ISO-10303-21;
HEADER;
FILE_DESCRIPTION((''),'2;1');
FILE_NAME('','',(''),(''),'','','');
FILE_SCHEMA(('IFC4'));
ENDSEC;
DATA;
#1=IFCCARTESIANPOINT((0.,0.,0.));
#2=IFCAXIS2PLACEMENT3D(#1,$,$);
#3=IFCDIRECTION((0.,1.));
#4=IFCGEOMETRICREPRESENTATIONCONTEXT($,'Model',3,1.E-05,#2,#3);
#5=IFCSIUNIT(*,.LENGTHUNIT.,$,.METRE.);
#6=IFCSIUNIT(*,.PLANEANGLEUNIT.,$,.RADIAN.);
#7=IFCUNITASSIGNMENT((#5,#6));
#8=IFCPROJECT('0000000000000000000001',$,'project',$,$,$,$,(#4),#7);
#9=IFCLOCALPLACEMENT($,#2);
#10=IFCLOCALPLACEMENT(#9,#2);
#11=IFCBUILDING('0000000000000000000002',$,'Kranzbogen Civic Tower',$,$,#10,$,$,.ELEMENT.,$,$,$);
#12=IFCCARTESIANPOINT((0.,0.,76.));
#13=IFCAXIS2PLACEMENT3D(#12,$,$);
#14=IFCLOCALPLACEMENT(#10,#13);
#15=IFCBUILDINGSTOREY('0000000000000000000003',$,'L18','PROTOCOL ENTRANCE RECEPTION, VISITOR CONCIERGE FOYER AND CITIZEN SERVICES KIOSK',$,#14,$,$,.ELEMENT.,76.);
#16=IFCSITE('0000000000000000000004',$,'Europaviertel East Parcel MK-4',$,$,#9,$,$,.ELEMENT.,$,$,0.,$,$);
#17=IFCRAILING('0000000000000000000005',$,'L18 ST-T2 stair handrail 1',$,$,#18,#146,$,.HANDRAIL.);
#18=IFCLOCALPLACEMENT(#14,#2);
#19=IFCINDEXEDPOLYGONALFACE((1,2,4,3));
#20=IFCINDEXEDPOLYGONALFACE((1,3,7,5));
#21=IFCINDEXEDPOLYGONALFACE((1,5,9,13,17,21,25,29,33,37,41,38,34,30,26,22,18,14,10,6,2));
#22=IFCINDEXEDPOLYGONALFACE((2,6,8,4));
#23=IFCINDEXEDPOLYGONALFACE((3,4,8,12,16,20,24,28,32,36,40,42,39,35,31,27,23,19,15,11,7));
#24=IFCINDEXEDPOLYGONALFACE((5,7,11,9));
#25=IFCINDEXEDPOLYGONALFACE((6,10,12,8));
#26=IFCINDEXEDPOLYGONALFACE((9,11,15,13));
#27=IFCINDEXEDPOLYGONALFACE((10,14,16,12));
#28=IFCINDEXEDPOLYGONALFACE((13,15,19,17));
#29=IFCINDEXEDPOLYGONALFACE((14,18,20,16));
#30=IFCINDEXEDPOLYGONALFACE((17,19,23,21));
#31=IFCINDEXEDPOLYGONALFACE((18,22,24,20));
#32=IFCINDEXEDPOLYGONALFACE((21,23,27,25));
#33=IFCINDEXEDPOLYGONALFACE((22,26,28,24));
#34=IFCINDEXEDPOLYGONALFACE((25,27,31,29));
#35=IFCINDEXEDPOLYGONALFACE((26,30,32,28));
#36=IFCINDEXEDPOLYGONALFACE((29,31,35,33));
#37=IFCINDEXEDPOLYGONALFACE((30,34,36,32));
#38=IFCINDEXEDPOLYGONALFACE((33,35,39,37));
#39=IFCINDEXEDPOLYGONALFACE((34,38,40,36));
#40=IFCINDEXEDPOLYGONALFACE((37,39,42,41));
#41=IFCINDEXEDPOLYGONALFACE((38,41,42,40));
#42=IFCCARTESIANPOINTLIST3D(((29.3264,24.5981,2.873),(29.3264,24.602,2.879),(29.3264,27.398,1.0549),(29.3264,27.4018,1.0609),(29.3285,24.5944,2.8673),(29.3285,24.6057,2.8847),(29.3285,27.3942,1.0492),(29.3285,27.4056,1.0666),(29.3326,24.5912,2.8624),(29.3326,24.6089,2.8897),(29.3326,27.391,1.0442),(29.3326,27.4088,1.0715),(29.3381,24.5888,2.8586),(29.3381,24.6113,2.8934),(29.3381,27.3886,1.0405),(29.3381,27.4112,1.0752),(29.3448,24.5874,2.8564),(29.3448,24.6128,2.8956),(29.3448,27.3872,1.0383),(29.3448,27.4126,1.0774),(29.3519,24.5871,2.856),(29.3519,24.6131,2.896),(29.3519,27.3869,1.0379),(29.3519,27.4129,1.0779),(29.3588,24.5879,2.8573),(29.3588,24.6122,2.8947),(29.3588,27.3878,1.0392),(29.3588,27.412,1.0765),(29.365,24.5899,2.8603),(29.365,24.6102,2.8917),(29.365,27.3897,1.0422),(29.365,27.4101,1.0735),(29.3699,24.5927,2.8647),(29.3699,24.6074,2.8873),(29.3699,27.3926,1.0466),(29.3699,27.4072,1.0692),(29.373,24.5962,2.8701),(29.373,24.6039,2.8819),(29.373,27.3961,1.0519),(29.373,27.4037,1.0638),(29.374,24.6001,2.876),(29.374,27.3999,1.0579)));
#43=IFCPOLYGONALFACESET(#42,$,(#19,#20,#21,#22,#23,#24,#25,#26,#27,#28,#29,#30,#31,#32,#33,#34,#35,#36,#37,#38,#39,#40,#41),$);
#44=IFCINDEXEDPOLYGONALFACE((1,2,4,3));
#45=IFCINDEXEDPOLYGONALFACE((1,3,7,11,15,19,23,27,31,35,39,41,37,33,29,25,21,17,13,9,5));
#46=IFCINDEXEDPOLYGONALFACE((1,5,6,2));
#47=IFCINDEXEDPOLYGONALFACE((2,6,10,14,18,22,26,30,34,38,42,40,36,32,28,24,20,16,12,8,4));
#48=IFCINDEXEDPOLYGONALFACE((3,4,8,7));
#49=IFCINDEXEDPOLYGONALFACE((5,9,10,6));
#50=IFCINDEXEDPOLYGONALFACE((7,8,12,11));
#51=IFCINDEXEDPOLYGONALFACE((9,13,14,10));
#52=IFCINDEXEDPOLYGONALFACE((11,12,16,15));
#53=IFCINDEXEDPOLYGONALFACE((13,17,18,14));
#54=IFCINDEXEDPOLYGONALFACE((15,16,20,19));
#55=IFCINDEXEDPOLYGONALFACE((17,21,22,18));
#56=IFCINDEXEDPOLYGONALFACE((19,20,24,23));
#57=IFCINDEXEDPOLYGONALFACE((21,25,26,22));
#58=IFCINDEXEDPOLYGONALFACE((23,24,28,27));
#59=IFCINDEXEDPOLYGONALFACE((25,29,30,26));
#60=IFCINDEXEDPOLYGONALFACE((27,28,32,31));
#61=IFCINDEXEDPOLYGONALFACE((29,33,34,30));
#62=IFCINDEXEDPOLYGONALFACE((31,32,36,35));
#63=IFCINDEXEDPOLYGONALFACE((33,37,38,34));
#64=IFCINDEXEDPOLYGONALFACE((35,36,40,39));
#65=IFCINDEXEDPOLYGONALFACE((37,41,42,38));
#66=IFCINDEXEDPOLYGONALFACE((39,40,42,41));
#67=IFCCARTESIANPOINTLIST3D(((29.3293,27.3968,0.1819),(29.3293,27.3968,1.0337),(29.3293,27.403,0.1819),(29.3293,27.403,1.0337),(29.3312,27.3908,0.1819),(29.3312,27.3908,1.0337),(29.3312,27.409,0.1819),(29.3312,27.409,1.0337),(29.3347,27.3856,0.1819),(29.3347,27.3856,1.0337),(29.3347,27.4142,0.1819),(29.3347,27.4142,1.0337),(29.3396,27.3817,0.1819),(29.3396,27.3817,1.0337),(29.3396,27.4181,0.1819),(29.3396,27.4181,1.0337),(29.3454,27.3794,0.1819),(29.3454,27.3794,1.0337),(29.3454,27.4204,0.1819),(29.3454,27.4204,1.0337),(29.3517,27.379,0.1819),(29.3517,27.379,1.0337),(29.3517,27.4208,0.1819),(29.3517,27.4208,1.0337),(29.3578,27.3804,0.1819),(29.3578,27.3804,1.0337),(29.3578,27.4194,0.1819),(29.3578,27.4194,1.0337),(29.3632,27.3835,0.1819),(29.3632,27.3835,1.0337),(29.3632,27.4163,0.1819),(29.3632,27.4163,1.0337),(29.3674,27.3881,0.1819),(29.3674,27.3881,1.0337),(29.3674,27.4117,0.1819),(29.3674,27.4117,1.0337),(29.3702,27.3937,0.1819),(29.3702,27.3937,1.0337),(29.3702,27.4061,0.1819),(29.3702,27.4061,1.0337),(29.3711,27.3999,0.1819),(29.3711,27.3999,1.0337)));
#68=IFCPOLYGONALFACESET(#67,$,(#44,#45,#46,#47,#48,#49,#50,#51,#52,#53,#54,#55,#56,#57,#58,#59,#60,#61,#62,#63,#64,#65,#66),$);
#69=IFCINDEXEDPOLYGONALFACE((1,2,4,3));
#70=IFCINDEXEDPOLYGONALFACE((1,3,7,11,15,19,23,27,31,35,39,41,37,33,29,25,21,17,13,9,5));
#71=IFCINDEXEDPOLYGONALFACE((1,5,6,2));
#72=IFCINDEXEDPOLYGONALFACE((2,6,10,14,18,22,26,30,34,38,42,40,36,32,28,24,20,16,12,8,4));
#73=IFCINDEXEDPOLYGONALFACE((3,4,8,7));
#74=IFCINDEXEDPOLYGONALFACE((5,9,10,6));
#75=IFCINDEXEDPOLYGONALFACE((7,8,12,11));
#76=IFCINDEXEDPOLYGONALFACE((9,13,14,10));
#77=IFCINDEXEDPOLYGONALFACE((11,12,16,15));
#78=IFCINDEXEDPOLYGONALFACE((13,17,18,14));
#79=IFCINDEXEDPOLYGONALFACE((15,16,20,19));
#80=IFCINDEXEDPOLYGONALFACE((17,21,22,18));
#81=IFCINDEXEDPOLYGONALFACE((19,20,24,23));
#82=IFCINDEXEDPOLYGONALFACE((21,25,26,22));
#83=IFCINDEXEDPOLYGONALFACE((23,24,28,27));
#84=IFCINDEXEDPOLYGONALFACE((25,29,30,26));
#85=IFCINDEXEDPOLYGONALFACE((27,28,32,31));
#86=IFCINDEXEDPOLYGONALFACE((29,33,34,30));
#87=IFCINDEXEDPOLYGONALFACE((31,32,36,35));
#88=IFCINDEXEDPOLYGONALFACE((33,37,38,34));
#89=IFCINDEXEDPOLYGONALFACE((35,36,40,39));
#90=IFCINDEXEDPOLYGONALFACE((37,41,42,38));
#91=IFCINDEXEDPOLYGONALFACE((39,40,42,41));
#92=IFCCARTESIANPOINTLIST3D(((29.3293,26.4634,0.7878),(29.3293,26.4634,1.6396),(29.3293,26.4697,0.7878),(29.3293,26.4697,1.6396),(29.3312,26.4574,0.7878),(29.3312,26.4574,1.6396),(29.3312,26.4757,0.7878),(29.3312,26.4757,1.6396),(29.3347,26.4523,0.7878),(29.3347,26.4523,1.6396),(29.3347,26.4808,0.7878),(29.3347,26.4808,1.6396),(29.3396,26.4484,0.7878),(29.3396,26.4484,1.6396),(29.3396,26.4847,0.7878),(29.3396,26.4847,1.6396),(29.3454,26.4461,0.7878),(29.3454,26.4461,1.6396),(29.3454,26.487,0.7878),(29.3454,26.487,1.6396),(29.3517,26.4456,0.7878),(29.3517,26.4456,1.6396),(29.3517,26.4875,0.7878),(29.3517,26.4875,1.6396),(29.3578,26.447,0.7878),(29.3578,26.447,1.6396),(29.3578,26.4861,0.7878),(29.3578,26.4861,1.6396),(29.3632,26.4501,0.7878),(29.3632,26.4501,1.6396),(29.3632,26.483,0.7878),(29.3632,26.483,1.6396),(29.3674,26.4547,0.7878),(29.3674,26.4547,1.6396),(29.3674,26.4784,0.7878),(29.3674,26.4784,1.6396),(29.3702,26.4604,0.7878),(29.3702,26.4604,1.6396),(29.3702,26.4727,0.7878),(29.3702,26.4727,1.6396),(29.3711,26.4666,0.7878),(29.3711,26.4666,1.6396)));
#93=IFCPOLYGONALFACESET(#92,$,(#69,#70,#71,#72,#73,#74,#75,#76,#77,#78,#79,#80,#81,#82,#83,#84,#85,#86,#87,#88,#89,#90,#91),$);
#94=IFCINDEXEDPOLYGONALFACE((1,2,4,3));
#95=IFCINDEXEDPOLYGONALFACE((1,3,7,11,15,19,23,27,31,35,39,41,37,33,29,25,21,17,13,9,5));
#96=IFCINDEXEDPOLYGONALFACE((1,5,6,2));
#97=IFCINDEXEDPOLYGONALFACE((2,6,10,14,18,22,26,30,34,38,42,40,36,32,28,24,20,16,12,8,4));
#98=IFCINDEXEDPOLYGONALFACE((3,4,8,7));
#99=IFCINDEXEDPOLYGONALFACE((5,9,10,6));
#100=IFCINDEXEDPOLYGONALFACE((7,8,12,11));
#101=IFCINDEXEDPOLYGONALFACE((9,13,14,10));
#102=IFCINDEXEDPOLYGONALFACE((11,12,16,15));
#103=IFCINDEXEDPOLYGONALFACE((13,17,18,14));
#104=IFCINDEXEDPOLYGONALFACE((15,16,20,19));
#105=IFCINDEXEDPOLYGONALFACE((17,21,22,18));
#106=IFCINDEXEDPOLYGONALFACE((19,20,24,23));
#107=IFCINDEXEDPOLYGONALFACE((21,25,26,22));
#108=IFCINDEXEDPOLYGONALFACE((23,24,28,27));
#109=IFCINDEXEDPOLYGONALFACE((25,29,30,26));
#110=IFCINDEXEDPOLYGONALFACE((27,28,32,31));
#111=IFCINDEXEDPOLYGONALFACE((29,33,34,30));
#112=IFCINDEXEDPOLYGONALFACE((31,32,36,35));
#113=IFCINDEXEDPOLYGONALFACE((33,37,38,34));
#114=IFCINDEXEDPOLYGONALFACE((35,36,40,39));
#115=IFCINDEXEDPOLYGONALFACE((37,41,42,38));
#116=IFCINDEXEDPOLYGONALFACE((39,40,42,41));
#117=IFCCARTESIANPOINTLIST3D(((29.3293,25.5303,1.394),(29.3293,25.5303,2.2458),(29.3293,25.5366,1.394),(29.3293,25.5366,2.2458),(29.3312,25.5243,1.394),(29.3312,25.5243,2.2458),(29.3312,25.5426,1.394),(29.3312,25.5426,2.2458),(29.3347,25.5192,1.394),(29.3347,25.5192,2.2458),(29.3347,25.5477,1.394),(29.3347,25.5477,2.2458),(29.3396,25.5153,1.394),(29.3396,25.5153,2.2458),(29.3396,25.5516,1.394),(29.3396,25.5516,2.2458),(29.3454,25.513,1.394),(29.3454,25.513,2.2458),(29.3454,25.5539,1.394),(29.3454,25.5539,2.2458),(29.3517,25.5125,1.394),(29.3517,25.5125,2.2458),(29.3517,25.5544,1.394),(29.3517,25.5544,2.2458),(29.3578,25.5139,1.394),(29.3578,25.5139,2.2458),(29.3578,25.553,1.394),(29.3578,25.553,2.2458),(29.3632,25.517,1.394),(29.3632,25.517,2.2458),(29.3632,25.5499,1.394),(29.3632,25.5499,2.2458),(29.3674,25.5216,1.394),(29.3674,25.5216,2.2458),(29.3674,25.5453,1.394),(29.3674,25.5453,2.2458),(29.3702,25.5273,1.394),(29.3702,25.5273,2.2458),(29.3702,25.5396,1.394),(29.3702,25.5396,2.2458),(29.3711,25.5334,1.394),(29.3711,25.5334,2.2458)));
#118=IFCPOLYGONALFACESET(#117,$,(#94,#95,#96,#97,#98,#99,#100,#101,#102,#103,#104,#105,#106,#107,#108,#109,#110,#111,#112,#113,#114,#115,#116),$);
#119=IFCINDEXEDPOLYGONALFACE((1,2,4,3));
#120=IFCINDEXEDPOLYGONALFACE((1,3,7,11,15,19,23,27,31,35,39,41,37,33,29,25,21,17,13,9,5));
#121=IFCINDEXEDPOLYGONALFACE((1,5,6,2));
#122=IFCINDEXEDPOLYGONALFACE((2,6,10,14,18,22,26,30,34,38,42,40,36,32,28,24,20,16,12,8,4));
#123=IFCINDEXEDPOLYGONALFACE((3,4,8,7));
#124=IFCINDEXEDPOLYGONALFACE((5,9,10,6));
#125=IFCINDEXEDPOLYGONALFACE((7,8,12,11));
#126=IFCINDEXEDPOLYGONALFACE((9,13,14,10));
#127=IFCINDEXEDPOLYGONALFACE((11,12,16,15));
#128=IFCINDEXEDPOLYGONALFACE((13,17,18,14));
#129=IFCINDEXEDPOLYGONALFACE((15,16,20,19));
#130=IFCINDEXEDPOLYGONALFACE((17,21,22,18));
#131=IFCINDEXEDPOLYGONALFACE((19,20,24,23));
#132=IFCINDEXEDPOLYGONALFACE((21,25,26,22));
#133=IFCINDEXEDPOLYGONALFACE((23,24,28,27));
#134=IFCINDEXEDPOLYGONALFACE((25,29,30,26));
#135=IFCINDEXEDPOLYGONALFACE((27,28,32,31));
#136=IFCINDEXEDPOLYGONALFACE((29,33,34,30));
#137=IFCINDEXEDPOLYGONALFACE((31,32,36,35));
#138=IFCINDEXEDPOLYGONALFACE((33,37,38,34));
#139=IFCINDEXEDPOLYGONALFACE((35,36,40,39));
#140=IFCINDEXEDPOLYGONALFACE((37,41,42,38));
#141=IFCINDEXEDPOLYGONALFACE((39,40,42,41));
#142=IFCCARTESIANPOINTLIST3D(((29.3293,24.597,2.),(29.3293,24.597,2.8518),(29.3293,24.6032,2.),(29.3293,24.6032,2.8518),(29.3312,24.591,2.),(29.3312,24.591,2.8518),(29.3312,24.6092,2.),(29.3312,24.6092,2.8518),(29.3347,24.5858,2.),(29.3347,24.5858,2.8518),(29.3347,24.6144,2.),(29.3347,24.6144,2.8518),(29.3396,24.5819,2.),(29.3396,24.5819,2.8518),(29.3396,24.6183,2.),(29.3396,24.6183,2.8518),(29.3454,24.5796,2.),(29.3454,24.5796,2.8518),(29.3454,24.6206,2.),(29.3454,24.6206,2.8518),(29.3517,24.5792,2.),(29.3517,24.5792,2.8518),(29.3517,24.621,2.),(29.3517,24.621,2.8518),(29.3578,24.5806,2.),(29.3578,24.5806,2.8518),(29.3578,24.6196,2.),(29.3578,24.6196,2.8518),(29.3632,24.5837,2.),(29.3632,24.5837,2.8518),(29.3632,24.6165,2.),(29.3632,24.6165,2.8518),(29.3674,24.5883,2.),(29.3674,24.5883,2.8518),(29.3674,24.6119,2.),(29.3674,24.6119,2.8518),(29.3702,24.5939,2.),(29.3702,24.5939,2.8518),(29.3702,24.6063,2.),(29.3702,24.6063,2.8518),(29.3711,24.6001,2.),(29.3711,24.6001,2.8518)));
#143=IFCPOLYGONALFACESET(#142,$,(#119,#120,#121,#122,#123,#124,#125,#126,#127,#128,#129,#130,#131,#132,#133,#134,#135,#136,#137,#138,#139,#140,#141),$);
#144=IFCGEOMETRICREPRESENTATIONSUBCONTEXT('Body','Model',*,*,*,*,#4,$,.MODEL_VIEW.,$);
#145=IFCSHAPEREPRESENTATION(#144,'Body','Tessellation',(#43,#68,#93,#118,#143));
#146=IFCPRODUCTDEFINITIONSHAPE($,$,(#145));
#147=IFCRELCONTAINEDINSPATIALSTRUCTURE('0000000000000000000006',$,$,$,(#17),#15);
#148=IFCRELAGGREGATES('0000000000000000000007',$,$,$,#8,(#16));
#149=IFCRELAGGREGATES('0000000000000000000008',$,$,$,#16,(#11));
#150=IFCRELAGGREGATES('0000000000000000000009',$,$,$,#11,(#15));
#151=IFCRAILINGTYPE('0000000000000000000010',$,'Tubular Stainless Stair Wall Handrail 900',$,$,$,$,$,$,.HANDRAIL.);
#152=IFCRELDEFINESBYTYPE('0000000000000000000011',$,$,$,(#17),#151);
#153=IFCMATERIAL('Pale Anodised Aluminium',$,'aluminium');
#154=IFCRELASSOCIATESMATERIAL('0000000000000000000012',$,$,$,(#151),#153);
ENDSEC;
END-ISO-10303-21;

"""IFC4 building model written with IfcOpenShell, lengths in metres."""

from ifc_helpers import new_model, si_unit, direction, frame, origin, origin_2d, place, context, subcontext, project, spatial, circle, extrude, material, type_object, element, save


model = new_model("IFC4")

# Units and contexts
model_context = context("Model", 3, precision=1e-05, world=origin(), true_north=direction((0.0, 1.0)))
body_context = subcontext(model_context, "Body", "Model", "MODEL_VIEW")
ifc_project = project(units=[si_unit("LENGTHUNIT", "METRE"), si_unit("PLANEANGLEUNIT", "RADIAN")], contexts=[model_context])

# Site, building, storey
site_placement = place(None, origin())
site = spatial("IfcSite", under=ifc_project, at=site_placement, Name="Europaviertel East Parcel MK-4", CompositionType="ELEMENT", RefElevation=0.0)
building_placement = place(site_placement, origin())
building = spatial("IfcBuilding", under=site, at=building_placement, Name="Kranzbogen Civic Tower", CompositionType="ELEMENT")
storey_placement = place(building_placement, frame((0.0, 0.0, 76.0)))
storey = spatial("IfcBuildingStorey", under=building, at=storey_placement, Name="L18", Description="PROTOCOL ENTRANCE RECEPTION, VISITOR CONCIERGE FOYER AND CITIZEN SERVICES KIOSK", CompositionType="ELEMENT", Elevation=76.0)

# Shared definitions
ifc_material_1 = material(Name="Pale Anodised Aluminium", Category="aluminium")

# Railing
railing_type_1 = type_object("IfcRailingType", Name="Tubular Stainless Stair Wall Handrail 900", PredefinedType="HANDRAIL", material=ifc_material_1)
railing_1_placement = place(storey_placement, frame((29.3501, 27.3999, 0.1819)))
element("IfcRailing", 1, at=railing_1_placement, inside=storey, type_object=railing_type_1, Name="L18 ST-T2 stair handrail 1", PredefinedType="HANDRAIL", context=body_context, shape_type="SweptSolid", body=[
    extrude(circle(Radius=0.0239, at=origin_2d()), frame((0.0, 0.0, 0.876), z_axis=(0.0, -0.838684, 0.544618), x_axis=(1.0, 0.0, 0.0)), (0.0, 0.0, 1.0), 3.3384),
    extrude(circle(Radius=0.021, at=origin_2d()), origin(), (0.0, 0.0, 1.0), 0.8518),
    extrude(circle(Radius=0.021, at=origin_2d()), frame((0.0, -0.9333, 0.606)), (0.0, 0.0, 1.0), 0.8518),
    extrude(circle(Radius=0.021, at=origin_2d()), frame((0.0, -1.8665, 1.2122)), (0.0, 0.0, 1.0), 0.8518),
    extrude(circle(Radius=0.021, at=origin_2d()), frame((0.0, -2.7998, 1.8181)), (0.0, 0.0, 1.0), 0.8518),
])

save(model, "model.ifc")
